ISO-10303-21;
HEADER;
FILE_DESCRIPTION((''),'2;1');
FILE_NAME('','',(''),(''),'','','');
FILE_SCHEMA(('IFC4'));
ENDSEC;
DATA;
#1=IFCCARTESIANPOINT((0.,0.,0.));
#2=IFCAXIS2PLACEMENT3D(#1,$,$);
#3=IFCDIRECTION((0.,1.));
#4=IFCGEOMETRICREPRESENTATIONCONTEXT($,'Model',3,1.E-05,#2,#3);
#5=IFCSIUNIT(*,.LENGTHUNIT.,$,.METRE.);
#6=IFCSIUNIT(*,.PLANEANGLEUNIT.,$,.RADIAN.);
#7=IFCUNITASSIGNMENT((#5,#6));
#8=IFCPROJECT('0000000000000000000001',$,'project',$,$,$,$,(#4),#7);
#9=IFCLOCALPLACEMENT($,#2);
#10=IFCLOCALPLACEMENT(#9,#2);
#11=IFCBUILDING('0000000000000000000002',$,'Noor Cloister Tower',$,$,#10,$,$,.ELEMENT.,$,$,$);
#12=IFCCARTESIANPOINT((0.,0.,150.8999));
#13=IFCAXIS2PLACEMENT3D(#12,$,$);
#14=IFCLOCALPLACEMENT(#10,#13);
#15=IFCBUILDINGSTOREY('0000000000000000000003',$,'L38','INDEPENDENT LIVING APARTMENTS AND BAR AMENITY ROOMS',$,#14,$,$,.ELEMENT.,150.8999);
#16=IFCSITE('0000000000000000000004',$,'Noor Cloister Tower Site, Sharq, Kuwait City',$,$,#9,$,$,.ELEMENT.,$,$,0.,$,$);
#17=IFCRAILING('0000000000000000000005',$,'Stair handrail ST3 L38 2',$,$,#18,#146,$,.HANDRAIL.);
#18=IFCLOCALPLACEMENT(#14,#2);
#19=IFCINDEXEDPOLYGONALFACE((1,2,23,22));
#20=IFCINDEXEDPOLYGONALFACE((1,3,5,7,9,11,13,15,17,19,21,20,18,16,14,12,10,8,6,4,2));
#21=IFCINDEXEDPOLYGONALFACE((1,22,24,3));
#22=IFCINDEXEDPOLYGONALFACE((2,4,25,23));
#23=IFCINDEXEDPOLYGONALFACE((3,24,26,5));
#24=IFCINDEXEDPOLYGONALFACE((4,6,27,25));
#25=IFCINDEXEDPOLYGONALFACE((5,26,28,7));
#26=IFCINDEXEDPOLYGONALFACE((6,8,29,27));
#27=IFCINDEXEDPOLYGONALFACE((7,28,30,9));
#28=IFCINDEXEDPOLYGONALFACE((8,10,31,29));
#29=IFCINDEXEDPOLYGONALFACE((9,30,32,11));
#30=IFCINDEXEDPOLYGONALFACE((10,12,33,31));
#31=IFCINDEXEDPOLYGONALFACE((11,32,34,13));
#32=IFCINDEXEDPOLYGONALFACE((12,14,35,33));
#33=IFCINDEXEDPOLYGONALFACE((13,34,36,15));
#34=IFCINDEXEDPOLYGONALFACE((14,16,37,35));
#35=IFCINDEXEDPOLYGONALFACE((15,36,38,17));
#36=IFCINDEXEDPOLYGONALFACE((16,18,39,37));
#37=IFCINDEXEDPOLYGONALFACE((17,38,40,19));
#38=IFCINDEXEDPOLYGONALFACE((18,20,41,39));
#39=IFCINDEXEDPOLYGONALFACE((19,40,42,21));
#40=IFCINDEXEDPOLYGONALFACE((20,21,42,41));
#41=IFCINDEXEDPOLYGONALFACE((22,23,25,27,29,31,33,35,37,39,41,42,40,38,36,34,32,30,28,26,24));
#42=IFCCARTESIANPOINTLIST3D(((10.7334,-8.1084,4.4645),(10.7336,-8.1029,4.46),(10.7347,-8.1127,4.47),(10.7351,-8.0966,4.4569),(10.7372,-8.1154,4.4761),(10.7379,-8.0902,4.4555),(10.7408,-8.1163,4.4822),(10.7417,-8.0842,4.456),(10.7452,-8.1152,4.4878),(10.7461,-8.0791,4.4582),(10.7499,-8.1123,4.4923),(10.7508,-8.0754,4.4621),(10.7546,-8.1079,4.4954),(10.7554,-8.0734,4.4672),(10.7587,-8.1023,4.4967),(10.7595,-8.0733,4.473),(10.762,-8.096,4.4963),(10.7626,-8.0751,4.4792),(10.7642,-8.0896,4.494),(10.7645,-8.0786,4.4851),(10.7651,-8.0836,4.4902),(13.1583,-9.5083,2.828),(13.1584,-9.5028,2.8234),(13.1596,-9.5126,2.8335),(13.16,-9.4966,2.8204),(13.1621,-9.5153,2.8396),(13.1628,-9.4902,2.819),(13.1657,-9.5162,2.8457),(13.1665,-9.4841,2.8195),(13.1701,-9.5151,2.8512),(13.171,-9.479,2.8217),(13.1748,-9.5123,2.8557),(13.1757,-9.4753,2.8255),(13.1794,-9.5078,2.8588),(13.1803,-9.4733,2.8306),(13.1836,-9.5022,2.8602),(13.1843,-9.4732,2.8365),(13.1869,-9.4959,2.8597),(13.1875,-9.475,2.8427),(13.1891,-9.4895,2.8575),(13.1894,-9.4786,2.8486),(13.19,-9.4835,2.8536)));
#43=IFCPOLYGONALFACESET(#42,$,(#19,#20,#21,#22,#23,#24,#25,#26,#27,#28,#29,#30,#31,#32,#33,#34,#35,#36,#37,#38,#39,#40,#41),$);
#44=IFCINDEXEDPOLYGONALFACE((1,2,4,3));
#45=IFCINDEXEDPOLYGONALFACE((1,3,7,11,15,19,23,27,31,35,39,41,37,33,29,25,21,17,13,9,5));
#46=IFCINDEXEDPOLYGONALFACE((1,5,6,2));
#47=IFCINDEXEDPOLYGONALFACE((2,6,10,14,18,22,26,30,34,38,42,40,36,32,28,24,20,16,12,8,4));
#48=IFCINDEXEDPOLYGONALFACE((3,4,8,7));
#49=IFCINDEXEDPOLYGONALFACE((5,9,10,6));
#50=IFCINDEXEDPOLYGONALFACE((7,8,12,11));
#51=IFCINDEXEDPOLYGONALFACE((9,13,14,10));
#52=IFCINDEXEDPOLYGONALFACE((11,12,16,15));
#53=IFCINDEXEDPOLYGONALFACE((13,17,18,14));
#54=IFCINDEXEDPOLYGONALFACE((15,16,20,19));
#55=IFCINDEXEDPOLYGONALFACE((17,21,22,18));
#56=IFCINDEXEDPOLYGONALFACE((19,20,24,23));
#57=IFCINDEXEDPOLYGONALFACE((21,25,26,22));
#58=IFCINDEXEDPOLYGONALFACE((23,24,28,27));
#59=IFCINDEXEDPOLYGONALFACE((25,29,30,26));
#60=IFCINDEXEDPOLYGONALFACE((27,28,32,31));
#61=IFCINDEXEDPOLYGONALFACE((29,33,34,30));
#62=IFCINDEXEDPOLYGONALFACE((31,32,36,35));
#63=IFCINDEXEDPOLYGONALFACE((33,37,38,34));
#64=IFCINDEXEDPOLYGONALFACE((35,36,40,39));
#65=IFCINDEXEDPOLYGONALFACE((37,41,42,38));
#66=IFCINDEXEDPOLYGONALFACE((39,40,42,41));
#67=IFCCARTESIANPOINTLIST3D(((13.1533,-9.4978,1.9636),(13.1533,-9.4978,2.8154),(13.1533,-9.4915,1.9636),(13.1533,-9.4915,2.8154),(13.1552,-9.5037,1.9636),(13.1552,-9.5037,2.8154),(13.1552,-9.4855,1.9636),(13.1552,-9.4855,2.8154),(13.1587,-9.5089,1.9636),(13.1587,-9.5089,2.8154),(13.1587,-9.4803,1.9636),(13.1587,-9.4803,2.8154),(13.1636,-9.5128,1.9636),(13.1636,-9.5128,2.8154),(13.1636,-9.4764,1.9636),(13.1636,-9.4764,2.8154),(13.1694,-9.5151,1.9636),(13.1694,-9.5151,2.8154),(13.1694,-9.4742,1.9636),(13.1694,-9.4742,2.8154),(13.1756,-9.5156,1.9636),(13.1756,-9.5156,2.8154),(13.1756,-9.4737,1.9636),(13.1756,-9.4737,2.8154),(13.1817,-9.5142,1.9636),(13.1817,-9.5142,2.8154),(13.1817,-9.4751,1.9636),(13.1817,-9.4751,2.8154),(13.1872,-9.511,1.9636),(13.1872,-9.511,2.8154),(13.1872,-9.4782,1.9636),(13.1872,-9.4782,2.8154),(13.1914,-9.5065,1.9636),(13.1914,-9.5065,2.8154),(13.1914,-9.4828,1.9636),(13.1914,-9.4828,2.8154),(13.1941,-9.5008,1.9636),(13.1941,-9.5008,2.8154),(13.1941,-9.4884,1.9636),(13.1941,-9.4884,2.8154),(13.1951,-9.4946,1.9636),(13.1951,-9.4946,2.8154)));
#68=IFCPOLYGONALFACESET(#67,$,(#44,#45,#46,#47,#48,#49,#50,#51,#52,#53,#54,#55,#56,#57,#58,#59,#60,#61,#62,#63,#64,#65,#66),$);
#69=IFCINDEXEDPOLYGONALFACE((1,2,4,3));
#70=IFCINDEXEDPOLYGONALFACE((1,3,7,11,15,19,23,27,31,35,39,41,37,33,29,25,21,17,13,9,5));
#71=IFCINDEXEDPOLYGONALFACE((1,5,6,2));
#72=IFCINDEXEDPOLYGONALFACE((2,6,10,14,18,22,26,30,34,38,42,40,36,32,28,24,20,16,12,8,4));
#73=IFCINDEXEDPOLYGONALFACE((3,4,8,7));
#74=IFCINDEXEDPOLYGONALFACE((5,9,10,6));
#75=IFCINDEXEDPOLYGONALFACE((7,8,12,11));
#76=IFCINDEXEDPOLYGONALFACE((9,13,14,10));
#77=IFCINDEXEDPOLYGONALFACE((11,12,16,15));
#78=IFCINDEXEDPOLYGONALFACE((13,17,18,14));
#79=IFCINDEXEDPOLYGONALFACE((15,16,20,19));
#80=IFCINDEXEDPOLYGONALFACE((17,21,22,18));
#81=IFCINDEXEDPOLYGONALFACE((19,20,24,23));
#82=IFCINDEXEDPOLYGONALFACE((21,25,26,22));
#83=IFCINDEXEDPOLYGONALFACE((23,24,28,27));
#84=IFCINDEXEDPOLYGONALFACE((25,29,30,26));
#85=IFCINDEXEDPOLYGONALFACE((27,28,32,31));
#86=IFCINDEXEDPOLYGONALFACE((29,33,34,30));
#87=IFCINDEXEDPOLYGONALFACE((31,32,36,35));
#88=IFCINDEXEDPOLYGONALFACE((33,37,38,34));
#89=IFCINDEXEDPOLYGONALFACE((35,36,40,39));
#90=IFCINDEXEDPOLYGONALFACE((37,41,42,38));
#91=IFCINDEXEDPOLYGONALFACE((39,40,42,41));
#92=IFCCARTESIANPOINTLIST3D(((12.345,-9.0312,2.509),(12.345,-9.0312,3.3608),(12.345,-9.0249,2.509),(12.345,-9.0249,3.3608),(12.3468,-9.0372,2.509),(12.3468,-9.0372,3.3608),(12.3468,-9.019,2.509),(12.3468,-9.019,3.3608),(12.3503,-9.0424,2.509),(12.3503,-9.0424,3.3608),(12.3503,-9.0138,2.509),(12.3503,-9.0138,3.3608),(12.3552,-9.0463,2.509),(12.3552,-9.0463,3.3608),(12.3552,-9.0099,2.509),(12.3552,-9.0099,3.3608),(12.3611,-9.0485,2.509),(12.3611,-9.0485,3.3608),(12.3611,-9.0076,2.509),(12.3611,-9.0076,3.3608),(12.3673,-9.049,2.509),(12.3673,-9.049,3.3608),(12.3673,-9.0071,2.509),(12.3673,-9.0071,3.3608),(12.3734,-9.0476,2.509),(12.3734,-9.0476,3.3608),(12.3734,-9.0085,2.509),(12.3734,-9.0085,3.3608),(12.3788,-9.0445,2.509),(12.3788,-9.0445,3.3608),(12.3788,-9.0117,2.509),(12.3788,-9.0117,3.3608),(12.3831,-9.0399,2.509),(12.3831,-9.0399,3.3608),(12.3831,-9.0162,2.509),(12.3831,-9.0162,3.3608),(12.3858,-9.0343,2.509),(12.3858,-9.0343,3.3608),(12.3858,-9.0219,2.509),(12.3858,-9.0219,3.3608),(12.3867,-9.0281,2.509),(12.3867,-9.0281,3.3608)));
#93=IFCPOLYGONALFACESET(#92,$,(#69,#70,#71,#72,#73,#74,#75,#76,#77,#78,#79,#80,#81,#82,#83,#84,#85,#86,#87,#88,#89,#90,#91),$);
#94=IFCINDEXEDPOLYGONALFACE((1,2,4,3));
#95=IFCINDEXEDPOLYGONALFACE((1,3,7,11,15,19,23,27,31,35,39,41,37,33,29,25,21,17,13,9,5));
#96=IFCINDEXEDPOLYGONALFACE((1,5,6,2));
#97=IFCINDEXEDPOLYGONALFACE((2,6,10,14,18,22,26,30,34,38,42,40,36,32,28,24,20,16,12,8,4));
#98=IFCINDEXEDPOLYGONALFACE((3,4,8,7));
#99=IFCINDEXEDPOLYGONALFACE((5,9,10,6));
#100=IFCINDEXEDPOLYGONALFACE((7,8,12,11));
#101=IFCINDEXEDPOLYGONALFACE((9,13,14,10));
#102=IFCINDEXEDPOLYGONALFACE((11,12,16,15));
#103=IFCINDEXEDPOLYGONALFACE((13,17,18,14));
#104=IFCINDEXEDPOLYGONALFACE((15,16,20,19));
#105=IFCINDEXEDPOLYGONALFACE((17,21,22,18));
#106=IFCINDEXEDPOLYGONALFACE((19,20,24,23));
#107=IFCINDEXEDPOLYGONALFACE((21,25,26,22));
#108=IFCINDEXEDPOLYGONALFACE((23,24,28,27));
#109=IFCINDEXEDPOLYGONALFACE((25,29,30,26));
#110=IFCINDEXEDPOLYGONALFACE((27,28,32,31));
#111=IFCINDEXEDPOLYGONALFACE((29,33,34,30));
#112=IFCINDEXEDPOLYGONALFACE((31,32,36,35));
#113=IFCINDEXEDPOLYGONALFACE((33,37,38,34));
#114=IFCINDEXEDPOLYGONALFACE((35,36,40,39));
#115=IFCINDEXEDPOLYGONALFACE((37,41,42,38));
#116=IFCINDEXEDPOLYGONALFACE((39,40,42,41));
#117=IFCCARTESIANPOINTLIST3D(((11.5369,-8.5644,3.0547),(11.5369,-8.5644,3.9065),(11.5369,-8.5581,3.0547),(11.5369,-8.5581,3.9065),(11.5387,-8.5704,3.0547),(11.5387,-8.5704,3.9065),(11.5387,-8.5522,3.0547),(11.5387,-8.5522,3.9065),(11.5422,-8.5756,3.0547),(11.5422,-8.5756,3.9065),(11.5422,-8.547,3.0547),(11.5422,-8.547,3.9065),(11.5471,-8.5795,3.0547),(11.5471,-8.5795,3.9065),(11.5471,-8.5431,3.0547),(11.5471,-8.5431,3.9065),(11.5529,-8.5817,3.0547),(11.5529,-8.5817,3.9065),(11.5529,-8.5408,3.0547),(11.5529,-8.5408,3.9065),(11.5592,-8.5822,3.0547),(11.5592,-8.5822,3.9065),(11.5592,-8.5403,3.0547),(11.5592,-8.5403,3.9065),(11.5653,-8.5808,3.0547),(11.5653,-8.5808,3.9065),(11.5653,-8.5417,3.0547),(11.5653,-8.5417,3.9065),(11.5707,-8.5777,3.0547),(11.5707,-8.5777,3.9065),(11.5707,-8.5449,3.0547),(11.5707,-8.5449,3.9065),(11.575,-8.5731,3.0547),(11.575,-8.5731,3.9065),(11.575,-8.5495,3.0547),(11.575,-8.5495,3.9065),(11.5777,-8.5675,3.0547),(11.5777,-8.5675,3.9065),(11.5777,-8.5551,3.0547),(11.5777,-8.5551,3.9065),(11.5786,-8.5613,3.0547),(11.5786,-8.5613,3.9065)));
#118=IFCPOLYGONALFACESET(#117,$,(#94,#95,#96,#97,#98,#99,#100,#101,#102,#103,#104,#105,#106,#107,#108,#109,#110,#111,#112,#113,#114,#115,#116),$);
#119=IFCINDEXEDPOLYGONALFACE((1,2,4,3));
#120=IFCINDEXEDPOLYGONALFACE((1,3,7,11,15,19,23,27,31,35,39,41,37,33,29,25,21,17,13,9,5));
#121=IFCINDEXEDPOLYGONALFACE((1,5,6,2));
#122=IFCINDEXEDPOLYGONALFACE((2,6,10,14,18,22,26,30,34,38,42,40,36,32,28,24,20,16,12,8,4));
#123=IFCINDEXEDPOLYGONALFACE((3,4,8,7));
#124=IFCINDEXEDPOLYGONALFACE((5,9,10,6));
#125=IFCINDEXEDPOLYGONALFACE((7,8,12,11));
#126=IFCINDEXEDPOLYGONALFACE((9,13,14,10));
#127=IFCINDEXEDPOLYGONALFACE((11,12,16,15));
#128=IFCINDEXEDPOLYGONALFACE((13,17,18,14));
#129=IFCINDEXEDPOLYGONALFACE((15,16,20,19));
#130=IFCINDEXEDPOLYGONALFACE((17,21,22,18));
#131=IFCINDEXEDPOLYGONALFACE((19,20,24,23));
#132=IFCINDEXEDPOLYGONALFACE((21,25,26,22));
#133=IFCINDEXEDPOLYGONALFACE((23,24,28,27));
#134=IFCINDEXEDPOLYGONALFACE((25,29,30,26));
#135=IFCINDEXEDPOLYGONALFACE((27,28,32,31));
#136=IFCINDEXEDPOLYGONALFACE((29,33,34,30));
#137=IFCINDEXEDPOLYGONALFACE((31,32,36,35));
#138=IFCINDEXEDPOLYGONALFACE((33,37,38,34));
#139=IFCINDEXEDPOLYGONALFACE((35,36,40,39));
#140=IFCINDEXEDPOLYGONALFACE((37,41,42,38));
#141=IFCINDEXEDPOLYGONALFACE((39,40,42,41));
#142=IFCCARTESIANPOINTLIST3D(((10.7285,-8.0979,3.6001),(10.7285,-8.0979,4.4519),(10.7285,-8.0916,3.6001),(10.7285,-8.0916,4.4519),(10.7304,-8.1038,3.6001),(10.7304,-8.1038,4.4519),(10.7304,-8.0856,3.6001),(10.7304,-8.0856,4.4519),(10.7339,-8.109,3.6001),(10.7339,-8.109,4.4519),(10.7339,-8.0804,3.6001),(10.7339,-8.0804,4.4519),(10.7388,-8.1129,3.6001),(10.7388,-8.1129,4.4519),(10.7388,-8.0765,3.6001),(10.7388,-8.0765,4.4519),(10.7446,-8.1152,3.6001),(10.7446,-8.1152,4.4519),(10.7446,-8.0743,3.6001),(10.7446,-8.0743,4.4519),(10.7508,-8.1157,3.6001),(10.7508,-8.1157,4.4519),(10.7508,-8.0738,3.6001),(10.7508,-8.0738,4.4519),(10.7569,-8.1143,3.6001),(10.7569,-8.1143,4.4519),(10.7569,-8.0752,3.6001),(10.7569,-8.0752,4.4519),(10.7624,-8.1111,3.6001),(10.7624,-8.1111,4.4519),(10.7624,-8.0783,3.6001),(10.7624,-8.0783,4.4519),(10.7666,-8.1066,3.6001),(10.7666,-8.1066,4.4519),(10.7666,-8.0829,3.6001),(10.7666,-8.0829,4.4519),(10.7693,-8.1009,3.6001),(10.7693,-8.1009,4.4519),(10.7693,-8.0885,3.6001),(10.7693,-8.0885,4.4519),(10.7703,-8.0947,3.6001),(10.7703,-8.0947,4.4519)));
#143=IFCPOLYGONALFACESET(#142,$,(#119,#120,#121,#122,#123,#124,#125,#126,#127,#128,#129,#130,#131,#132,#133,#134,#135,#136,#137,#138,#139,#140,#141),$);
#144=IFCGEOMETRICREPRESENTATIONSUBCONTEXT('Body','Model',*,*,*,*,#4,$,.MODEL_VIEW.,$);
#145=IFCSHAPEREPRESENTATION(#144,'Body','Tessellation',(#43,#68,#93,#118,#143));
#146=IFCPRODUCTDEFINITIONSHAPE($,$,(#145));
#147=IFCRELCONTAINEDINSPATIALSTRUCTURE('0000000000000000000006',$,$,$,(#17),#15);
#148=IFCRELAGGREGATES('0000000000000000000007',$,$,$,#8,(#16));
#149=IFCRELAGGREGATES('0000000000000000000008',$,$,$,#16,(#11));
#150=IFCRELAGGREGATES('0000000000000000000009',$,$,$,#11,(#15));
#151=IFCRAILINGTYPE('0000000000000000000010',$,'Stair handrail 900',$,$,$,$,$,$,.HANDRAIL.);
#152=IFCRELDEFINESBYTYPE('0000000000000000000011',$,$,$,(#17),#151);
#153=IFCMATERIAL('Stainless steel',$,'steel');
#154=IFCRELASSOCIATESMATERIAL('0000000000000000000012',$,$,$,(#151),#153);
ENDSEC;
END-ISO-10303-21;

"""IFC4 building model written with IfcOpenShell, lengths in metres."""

from ifc_helpers import new_model, si_unit, direction, frame, origin, origin_2d, place, context, subcontext, project, spatial, circle, extrude, material, type_object, element, save


model = new_model("IFC4")

# Units and contexts
model_context = context("Model", 3, precision=1e-05, world=origin(), true_north=direction((0.0, 1.0)))
body_context = subcontext(model_context, "Body", "Model", "MODEL_VIEW")
ifc_project = project(units=[si_unit("LENGTHUNIT", "METRE"), si_unit("PLANEANGLEUNIT", "RADIAN")], contexts=[model_context])

# Site, building, storey
site_placement = place(None, origin())
site = spatial("IfcSite", under=ifc_project, at=site_placement, Name="Noor Cloister Tower Site, Sharq, Kuwait City", CompositionType="ELEMENT", RefElevation=0.0)
building_placement = place(site_placement, origin())
building = spatial("IfcBuilding", under=site, at=building_placement, Name="Noor Cloister Tower", CompositionType="ELEMENT")
storey_placement = place(building_placement, frame((0.0, 0.0, 150.8999)))
storey = spatial("IfcBuildingStorey", under=building, at=storey_placement, Name="L38", Description="INDEPENDENT LIVING APARTMENTS AND BAR AMENITY ROOMS", CompositionType="ELEMENT", Elevation=150.8999)

# Railing
ifc_material_1 = material(Name="Stainless steel", Category="steel")
railing_type_1 = type_object("IfcRailingType", Name="Stair handrail 900", PredefinedType="HANDRAIL", material=ifc_material_1)
railing_1_placement = place(storey_placement, frame((13.1741, -9.4946, 1.9636)))
element("IfcRailing", 1, at=railing_1_placement, inside=storey, type_object=railing_type_1, Name="Stair handrail ST3 L38 2", PredefinedType="HANDRAIL", context=body_context, shape_type="SweptSolid", body=[
    extrude(circle(Radius=0.0239, at=origin_2d()), frame((0.0, 0.0, 0.876), z_axis=(-0.74769, 0.431661, 0.504608), x_axis=(-0.499984, -0.866035, 0.0)), (0.0, 0.0, 1.0), 3.2432),
    extrude(circle(Radius=0.021, at=origin_2d()), origin(), (0.0, 0.0, 1.0), 0.8518),
    extrude(circle(Radius=0.021, at=origin_2d()), frame((-0.8083, 0.4666, 0.5454)), (0.0, 0.0, 1.0), 0.8518),
    extrude(circle(Radius=0.021, at=origin_2d()), frame((-1.6165, 0.9333, 1.0911)), (0.0, 0.0, 1.0), 0.8518),
    extrude(circle(Radius=0.021, at=origin_2d()), frame((-2.4248, 1.3999, 1.6365)), (0.0, 0.0, 1.0), 0.8518),
])

save(model, "model.ifc")
